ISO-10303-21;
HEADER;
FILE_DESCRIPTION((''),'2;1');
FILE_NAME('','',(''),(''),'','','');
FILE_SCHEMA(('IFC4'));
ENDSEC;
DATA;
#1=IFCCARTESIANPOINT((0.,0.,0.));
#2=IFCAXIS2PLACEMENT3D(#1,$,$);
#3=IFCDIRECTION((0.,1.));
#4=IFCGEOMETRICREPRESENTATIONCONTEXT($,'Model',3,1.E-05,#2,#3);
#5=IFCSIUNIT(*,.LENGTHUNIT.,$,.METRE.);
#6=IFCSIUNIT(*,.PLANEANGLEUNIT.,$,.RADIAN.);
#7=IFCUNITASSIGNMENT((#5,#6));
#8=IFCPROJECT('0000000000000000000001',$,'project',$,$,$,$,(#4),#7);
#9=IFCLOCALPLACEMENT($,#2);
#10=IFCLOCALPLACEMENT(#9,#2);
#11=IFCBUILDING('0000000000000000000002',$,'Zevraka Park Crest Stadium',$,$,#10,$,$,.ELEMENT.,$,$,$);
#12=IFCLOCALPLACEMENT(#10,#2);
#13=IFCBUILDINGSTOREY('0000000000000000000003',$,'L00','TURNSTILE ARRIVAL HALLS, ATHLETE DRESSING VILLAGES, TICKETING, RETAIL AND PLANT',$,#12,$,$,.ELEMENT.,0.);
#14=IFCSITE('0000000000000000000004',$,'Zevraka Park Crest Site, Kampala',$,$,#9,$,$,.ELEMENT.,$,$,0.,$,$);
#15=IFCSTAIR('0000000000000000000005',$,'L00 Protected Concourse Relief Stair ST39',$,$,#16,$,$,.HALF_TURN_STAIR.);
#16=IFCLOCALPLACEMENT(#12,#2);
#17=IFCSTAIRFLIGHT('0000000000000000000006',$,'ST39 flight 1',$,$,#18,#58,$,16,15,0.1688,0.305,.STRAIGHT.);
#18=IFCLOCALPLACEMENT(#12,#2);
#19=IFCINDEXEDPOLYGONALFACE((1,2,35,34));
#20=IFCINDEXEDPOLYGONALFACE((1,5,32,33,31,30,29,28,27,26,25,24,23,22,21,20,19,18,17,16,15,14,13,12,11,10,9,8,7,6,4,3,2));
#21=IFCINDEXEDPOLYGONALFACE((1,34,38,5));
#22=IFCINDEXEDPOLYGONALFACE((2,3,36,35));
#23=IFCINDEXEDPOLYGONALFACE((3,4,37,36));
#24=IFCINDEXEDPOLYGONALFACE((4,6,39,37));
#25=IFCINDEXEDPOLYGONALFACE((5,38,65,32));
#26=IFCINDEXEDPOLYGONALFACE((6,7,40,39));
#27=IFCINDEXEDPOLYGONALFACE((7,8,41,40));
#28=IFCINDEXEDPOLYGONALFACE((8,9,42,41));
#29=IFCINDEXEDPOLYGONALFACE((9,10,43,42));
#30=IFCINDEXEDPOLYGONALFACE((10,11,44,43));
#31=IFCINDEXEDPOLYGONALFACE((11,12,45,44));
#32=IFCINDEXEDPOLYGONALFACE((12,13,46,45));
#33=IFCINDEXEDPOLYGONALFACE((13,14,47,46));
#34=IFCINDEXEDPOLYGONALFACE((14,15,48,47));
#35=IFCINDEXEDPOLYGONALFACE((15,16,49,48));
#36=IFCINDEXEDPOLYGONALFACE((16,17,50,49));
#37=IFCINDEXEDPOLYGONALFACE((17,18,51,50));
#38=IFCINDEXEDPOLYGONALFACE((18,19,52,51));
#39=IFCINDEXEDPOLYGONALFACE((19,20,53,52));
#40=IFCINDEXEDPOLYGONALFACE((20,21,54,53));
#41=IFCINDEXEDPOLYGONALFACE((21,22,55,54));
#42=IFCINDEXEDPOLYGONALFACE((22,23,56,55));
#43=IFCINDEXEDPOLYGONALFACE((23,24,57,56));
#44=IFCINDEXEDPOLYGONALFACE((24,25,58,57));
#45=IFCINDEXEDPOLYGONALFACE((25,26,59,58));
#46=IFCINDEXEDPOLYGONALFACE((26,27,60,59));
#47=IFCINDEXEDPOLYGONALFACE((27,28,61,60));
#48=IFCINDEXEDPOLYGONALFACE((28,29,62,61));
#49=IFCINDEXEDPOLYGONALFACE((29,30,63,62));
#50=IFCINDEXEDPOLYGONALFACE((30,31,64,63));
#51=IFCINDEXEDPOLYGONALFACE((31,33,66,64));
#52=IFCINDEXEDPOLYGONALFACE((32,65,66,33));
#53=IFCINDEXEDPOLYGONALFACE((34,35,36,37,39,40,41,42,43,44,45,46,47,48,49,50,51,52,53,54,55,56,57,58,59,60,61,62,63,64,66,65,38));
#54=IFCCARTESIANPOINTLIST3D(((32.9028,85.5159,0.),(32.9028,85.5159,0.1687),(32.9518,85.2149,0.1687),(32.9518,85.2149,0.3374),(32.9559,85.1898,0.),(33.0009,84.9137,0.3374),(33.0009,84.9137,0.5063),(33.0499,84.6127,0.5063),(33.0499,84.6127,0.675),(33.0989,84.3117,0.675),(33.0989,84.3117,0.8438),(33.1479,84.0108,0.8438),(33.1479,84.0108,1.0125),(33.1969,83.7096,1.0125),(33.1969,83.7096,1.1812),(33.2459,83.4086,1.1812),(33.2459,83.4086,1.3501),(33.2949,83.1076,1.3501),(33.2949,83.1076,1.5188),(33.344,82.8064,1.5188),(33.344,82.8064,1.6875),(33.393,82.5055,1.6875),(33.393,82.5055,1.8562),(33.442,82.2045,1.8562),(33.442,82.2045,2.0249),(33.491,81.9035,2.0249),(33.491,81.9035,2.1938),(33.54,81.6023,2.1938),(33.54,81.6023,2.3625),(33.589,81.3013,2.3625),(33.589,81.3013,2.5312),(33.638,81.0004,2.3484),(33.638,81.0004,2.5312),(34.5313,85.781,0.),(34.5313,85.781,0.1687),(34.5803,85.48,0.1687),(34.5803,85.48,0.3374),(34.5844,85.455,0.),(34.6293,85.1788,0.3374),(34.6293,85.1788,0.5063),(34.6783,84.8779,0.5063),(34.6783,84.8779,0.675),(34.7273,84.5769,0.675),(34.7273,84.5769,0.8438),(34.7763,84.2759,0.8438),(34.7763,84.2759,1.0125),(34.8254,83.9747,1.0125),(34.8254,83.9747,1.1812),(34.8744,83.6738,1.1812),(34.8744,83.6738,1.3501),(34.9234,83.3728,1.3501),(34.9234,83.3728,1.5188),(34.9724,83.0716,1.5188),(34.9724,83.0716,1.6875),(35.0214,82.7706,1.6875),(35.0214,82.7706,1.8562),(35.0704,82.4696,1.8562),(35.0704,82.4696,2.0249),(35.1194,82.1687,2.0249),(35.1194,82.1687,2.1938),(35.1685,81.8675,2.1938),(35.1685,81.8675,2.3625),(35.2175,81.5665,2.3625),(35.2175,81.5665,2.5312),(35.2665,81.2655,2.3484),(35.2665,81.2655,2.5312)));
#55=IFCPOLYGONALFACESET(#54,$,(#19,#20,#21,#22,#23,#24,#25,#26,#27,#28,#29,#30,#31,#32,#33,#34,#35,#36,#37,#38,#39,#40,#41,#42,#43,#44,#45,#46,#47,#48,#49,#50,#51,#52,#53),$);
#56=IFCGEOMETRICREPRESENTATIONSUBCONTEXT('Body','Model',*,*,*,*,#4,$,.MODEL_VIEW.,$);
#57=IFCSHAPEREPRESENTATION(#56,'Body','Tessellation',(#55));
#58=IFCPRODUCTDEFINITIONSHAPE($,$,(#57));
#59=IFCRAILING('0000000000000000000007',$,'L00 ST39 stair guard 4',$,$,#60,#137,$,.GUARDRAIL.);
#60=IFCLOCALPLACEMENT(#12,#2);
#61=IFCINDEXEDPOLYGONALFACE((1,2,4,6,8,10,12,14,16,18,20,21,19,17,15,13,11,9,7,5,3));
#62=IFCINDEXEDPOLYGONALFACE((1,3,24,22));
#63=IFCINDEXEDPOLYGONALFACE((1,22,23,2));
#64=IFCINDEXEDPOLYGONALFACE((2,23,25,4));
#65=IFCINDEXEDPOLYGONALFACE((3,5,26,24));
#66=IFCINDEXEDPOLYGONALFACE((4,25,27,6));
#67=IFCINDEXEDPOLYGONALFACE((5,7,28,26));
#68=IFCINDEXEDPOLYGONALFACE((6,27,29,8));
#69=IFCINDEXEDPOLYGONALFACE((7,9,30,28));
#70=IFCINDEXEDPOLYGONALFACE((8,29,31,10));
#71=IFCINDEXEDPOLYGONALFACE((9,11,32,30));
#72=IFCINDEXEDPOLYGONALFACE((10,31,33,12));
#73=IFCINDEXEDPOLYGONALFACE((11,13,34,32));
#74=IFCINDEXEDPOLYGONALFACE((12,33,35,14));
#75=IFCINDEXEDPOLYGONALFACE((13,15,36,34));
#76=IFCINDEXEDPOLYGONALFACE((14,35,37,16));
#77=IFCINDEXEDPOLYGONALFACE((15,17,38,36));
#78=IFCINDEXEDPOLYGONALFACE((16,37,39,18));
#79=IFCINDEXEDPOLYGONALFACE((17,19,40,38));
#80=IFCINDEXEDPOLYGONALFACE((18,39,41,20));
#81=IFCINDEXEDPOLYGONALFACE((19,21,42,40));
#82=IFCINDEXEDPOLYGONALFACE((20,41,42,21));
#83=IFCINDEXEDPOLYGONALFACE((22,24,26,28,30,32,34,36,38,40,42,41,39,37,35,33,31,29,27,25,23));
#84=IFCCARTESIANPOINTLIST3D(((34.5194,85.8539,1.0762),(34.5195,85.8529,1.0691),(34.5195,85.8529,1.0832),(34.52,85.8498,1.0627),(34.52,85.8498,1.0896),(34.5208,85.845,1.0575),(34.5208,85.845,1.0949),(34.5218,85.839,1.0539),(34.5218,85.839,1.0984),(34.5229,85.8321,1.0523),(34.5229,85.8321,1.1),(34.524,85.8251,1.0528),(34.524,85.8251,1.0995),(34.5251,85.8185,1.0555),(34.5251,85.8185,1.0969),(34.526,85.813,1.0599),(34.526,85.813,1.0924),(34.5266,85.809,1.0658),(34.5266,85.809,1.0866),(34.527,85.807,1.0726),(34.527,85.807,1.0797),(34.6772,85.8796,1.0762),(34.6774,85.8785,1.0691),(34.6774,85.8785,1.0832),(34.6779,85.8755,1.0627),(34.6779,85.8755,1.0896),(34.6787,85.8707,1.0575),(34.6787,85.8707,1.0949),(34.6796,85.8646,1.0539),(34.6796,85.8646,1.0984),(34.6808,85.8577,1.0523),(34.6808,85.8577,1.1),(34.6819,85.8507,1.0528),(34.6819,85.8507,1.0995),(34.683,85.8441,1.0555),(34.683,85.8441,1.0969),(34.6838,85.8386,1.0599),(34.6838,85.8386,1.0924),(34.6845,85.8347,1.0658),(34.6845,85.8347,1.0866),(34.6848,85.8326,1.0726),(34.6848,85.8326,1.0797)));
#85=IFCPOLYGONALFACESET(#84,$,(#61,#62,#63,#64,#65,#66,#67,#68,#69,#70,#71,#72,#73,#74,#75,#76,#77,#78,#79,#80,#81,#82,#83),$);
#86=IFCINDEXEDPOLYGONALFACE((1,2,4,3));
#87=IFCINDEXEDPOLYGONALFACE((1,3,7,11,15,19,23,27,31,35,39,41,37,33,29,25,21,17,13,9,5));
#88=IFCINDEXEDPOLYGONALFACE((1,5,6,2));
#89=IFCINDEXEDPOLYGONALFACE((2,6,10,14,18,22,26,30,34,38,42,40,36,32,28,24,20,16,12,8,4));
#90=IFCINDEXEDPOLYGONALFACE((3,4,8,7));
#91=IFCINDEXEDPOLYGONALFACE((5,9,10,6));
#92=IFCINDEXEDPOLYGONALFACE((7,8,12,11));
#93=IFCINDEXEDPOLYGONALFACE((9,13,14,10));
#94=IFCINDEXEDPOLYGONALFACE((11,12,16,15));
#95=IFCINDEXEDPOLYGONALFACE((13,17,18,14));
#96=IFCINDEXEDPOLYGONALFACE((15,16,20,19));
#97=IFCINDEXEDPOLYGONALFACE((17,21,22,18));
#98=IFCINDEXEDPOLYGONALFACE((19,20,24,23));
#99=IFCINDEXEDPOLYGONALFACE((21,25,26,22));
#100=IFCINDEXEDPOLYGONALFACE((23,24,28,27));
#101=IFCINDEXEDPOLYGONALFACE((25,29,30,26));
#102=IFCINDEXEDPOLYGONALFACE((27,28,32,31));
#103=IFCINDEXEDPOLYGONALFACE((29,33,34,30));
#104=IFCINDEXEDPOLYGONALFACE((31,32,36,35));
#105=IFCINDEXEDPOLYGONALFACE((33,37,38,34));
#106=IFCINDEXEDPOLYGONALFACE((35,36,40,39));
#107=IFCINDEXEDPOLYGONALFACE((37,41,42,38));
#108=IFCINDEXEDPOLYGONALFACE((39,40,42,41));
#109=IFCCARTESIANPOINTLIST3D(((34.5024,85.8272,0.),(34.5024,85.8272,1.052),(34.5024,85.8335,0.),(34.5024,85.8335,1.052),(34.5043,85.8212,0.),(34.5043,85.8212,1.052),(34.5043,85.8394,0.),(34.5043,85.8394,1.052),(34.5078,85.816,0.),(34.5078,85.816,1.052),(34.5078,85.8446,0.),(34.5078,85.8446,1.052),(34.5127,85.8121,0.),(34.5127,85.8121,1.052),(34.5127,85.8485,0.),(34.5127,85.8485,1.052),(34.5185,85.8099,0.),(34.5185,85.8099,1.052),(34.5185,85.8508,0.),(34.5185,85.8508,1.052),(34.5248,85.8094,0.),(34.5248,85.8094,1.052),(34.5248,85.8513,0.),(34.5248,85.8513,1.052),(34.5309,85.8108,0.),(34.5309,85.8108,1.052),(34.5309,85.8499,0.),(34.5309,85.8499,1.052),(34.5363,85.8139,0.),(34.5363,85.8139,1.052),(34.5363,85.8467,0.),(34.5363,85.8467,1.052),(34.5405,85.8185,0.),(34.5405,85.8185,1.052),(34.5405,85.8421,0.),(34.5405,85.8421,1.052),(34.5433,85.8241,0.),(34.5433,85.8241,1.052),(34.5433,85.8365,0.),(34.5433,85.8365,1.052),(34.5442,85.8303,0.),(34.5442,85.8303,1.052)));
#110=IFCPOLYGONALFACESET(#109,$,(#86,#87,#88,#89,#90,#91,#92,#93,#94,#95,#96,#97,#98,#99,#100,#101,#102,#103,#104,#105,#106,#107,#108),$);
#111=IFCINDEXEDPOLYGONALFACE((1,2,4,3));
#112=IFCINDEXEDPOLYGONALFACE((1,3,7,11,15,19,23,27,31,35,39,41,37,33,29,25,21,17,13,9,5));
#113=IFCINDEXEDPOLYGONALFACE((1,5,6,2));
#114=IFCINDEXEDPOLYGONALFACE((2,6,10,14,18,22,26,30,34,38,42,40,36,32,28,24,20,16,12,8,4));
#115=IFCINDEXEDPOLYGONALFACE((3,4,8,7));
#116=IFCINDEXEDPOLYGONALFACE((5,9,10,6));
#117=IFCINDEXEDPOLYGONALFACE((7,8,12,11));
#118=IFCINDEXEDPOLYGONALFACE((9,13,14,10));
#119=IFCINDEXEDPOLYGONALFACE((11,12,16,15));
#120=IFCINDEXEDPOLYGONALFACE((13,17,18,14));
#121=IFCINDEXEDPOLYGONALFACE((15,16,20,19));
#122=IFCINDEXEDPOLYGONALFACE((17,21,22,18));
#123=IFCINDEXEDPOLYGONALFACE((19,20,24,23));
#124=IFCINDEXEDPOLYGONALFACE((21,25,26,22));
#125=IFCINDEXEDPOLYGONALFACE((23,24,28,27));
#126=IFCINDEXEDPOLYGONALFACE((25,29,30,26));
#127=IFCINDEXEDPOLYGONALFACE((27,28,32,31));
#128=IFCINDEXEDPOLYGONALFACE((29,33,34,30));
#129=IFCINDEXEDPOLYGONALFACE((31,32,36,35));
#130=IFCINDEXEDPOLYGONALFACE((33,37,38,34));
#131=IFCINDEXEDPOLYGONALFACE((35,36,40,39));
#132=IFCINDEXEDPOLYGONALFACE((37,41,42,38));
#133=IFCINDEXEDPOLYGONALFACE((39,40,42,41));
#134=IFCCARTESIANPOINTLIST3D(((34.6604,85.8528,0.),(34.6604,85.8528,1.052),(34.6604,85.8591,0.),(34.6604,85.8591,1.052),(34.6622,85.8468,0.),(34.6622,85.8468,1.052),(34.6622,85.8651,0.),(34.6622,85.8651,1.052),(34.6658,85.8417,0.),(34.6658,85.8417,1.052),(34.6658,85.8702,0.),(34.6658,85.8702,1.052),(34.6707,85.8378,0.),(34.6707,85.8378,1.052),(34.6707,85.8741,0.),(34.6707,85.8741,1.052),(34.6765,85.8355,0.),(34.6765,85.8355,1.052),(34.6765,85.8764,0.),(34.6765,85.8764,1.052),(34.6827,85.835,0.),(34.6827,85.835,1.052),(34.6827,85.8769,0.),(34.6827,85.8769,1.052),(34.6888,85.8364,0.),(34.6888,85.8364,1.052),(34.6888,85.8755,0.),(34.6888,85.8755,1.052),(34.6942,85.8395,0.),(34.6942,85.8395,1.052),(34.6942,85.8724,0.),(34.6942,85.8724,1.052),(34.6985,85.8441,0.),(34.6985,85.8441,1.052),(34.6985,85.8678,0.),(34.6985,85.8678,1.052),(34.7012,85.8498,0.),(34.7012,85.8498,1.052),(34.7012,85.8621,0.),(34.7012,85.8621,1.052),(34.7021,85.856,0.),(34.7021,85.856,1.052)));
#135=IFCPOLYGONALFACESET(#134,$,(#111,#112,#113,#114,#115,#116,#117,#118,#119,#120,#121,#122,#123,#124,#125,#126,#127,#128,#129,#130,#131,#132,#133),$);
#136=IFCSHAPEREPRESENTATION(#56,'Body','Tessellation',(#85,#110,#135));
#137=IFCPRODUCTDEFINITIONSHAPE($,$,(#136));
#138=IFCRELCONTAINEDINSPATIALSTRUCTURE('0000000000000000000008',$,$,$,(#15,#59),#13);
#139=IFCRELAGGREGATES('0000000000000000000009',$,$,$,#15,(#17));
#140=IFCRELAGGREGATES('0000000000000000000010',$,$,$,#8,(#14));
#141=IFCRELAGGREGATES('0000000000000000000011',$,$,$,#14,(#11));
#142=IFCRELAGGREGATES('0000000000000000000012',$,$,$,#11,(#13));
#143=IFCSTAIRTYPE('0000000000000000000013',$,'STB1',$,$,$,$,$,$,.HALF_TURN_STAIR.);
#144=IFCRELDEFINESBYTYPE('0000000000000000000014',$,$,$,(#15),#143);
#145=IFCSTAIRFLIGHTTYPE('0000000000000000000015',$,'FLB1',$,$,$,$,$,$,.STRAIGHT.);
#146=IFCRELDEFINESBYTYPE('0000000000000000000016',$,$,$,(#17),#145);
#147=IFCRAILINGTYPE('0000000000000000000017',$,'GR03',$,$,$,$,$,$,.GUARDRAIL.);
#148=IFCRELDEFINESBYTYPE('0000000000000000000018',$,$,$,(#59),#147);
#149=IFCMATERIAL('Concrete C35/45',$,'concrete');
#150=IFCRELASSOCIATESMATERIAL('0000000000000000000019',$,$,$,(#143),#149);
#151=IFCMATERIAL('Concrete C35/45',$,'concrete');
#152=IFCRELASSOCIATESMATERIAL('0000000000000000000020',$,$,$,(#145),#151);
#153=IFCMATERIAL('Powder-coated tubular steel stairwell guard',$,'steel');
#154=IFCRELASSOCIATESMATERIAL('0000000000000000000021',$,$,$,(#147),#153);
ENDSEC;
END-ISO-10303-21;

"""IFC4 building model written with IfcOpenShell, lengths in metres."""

from ifc_helpers import new_model, si_unit, direction, frame, origin, origin_2d, place, context, subcontext, project, spatial, polyline, circle, outline, extrude, material, type_object, element, aggregate, save


model = new_model("IFC4")

# Units and contexts
model_context = context("Model", 3, precision=1e-05, world=origin(), true_north=direction((0.0, 1.0)))
body_context = subcontext(model_context, "Body", "Model", "MODEL_VIEW")
ifc_project = project(units=[si_unit("LENGTHUNIT", "METRE"), si_unit("PLANEANGLEUNIT", "RADIAN")], contexts=[model_context])

# Site, building, storey
site_placement = place(None, origin())
site = spatial("IfcSite", under=ifc_project, at=site_placement, Name="Zevraka Park Crest Site, Kampala", CompositionType="ELEMENT", RefElevation=0.0)
building_placement = place(site_placement, origin())
building = spatial("IfcBuilding", under=site, at=building_placement, Name="Zevraka Park Crest Stadium", CompositionType="ELEMENT")
storey_placement = place(building_placement, origin())
storey = spatial("IfcBuildingStorey", under=building, at=storey_placement, Name="L00", Description="TURNSTILE ARRIVAL HALLS, ATHLETE DRESSING VILLAGES, TICKETING, RETAIL AND PLANT", CompositionType="ELEMENT", Elevation=0.0)

# Stair, stair flight
ifc_material_1 = material(Name="Concrete C35/45", Category="concrete")
stair_type = type_object("IfcStairType", Name="STB1", PredefinedType="HALF_TURN_STAIR", material=ifc_material_1)
ifc_material_2 = material(Name="Concrete C35/45", Category="concrete")
stair_flight_type = type_object("IfcStairFlightType", Name="FLB1", PredefinedType="STRAIGHT", material=ifc_material_2)
stair_1_placement = place(storey_placement, origin())
stair_1 = element("IfcStair", 1, at=stair_1_placement, inside=storey, type_object=stair_type, Name="L00 Protected Concourse Relief Stair ST39", PredefinedType="HALF_TURN_STAIR")
stair_flight_1_placement = place(storey_placement, frame((33.717, 85.6484, 0.0), z_axis=(0.0, 0.0, 1.0), x_axis=(0.160706, -0.987002, 0.0)))
stair_flight_1 = element("IfcStairFlight", 2, at=stair_flight_1_placement, type_object=stair_flight_type, Name="ST39 flight 1", NumberOfRisers=16, NumberOfTreads=15, PredefinedType="STRAIGHT", RiserHeight=0.1688, TreadLength=0.305, context=body_context, shape_type="SweptSolid", body=[
    extrude(outline(polyline([(0.0, 0.0), (0.0, 0.1687), (0.3049, 0.1687), (0.3049, 0.3374), (0.6101, 0.3374), (0.6101, 0.5063), (0.915, 0.5063), (0.915, 0.675), (1.22, 0.675), (1.22, 0.8438), (1.5249, 0.8438), (1.5249, 1.0125), (1.8301, 1.0125), (1.8301, 1.1812), (2.135, 1.1812), (2.135, 1.3501), (2.4399, 1.3501), (2.4399, 1.5188), (2.7451, 1.5188), (2.7451, 1.6875), (3.05, 1.6875), (3.05, 1.8562), (3.355, 1.8562), (3.355, 2.0249), (3.6599, 2.0249), (3.6599, 2.1938), (3.9651, 2.1938), (3.9651, 2.3625), (4.27, 2.3625), (4.27, 2.5312), (4.575, 2.5312), (4.575, 2.7), (4.575, 2.3484), (0.3303, 0.0), (0.0, 0.0)])), frame((0.0, 0.825, 0.0), z_axis=(0.0, -1.0, 0.0), x_axis=(1.0, 0.0, 0.0)), (0.0, 0.0, 1.0), 1.6499),
])
aggregate(stair_1, [stair_flight_1])

# Railing
ifc_material_3 = material(Name="Powder-coated tubular steel stairwell guard", Category="steel")
railing_type_1 = type_object("IfcRailingType", Name="GR03", PredefinedType="GUARDRAIL", material=ifc_material_3)
railing_1_placement = place(storey_placement, frame((34.5232, 85.8303, 0.0)))
element("IfcRailing", 3, at=railing_1_placement, inside=storey, type_object=railing_type_1, Name="L00 ST39 stair guard 4", PredefinedType="GUARDRAIL", context=body_context, shape_type="SweptSolid", body=[
    extrude(circle(Radius=0.0239, at=origin_2d()), frame((0.0, 0.0, 1.0762), z_axis=(0.987086, 0.160192, 0.0), x_axis=(-0.160192, 0.987086, 0.0)), (0.0, 0.0, 1.0), 0.1599),
    extrude(circle(Radius=0.021, at=origin_2d()), origin(), (0.0, 0.0, 1.0), 1.052),
    extrude(circle(Radius=0.021, at=origin_2d()), frame((0.158, 0.0256, 0.0)), (0.0, 0.0, 1.0), 1.052),
])

save(model, "model.ifc")
